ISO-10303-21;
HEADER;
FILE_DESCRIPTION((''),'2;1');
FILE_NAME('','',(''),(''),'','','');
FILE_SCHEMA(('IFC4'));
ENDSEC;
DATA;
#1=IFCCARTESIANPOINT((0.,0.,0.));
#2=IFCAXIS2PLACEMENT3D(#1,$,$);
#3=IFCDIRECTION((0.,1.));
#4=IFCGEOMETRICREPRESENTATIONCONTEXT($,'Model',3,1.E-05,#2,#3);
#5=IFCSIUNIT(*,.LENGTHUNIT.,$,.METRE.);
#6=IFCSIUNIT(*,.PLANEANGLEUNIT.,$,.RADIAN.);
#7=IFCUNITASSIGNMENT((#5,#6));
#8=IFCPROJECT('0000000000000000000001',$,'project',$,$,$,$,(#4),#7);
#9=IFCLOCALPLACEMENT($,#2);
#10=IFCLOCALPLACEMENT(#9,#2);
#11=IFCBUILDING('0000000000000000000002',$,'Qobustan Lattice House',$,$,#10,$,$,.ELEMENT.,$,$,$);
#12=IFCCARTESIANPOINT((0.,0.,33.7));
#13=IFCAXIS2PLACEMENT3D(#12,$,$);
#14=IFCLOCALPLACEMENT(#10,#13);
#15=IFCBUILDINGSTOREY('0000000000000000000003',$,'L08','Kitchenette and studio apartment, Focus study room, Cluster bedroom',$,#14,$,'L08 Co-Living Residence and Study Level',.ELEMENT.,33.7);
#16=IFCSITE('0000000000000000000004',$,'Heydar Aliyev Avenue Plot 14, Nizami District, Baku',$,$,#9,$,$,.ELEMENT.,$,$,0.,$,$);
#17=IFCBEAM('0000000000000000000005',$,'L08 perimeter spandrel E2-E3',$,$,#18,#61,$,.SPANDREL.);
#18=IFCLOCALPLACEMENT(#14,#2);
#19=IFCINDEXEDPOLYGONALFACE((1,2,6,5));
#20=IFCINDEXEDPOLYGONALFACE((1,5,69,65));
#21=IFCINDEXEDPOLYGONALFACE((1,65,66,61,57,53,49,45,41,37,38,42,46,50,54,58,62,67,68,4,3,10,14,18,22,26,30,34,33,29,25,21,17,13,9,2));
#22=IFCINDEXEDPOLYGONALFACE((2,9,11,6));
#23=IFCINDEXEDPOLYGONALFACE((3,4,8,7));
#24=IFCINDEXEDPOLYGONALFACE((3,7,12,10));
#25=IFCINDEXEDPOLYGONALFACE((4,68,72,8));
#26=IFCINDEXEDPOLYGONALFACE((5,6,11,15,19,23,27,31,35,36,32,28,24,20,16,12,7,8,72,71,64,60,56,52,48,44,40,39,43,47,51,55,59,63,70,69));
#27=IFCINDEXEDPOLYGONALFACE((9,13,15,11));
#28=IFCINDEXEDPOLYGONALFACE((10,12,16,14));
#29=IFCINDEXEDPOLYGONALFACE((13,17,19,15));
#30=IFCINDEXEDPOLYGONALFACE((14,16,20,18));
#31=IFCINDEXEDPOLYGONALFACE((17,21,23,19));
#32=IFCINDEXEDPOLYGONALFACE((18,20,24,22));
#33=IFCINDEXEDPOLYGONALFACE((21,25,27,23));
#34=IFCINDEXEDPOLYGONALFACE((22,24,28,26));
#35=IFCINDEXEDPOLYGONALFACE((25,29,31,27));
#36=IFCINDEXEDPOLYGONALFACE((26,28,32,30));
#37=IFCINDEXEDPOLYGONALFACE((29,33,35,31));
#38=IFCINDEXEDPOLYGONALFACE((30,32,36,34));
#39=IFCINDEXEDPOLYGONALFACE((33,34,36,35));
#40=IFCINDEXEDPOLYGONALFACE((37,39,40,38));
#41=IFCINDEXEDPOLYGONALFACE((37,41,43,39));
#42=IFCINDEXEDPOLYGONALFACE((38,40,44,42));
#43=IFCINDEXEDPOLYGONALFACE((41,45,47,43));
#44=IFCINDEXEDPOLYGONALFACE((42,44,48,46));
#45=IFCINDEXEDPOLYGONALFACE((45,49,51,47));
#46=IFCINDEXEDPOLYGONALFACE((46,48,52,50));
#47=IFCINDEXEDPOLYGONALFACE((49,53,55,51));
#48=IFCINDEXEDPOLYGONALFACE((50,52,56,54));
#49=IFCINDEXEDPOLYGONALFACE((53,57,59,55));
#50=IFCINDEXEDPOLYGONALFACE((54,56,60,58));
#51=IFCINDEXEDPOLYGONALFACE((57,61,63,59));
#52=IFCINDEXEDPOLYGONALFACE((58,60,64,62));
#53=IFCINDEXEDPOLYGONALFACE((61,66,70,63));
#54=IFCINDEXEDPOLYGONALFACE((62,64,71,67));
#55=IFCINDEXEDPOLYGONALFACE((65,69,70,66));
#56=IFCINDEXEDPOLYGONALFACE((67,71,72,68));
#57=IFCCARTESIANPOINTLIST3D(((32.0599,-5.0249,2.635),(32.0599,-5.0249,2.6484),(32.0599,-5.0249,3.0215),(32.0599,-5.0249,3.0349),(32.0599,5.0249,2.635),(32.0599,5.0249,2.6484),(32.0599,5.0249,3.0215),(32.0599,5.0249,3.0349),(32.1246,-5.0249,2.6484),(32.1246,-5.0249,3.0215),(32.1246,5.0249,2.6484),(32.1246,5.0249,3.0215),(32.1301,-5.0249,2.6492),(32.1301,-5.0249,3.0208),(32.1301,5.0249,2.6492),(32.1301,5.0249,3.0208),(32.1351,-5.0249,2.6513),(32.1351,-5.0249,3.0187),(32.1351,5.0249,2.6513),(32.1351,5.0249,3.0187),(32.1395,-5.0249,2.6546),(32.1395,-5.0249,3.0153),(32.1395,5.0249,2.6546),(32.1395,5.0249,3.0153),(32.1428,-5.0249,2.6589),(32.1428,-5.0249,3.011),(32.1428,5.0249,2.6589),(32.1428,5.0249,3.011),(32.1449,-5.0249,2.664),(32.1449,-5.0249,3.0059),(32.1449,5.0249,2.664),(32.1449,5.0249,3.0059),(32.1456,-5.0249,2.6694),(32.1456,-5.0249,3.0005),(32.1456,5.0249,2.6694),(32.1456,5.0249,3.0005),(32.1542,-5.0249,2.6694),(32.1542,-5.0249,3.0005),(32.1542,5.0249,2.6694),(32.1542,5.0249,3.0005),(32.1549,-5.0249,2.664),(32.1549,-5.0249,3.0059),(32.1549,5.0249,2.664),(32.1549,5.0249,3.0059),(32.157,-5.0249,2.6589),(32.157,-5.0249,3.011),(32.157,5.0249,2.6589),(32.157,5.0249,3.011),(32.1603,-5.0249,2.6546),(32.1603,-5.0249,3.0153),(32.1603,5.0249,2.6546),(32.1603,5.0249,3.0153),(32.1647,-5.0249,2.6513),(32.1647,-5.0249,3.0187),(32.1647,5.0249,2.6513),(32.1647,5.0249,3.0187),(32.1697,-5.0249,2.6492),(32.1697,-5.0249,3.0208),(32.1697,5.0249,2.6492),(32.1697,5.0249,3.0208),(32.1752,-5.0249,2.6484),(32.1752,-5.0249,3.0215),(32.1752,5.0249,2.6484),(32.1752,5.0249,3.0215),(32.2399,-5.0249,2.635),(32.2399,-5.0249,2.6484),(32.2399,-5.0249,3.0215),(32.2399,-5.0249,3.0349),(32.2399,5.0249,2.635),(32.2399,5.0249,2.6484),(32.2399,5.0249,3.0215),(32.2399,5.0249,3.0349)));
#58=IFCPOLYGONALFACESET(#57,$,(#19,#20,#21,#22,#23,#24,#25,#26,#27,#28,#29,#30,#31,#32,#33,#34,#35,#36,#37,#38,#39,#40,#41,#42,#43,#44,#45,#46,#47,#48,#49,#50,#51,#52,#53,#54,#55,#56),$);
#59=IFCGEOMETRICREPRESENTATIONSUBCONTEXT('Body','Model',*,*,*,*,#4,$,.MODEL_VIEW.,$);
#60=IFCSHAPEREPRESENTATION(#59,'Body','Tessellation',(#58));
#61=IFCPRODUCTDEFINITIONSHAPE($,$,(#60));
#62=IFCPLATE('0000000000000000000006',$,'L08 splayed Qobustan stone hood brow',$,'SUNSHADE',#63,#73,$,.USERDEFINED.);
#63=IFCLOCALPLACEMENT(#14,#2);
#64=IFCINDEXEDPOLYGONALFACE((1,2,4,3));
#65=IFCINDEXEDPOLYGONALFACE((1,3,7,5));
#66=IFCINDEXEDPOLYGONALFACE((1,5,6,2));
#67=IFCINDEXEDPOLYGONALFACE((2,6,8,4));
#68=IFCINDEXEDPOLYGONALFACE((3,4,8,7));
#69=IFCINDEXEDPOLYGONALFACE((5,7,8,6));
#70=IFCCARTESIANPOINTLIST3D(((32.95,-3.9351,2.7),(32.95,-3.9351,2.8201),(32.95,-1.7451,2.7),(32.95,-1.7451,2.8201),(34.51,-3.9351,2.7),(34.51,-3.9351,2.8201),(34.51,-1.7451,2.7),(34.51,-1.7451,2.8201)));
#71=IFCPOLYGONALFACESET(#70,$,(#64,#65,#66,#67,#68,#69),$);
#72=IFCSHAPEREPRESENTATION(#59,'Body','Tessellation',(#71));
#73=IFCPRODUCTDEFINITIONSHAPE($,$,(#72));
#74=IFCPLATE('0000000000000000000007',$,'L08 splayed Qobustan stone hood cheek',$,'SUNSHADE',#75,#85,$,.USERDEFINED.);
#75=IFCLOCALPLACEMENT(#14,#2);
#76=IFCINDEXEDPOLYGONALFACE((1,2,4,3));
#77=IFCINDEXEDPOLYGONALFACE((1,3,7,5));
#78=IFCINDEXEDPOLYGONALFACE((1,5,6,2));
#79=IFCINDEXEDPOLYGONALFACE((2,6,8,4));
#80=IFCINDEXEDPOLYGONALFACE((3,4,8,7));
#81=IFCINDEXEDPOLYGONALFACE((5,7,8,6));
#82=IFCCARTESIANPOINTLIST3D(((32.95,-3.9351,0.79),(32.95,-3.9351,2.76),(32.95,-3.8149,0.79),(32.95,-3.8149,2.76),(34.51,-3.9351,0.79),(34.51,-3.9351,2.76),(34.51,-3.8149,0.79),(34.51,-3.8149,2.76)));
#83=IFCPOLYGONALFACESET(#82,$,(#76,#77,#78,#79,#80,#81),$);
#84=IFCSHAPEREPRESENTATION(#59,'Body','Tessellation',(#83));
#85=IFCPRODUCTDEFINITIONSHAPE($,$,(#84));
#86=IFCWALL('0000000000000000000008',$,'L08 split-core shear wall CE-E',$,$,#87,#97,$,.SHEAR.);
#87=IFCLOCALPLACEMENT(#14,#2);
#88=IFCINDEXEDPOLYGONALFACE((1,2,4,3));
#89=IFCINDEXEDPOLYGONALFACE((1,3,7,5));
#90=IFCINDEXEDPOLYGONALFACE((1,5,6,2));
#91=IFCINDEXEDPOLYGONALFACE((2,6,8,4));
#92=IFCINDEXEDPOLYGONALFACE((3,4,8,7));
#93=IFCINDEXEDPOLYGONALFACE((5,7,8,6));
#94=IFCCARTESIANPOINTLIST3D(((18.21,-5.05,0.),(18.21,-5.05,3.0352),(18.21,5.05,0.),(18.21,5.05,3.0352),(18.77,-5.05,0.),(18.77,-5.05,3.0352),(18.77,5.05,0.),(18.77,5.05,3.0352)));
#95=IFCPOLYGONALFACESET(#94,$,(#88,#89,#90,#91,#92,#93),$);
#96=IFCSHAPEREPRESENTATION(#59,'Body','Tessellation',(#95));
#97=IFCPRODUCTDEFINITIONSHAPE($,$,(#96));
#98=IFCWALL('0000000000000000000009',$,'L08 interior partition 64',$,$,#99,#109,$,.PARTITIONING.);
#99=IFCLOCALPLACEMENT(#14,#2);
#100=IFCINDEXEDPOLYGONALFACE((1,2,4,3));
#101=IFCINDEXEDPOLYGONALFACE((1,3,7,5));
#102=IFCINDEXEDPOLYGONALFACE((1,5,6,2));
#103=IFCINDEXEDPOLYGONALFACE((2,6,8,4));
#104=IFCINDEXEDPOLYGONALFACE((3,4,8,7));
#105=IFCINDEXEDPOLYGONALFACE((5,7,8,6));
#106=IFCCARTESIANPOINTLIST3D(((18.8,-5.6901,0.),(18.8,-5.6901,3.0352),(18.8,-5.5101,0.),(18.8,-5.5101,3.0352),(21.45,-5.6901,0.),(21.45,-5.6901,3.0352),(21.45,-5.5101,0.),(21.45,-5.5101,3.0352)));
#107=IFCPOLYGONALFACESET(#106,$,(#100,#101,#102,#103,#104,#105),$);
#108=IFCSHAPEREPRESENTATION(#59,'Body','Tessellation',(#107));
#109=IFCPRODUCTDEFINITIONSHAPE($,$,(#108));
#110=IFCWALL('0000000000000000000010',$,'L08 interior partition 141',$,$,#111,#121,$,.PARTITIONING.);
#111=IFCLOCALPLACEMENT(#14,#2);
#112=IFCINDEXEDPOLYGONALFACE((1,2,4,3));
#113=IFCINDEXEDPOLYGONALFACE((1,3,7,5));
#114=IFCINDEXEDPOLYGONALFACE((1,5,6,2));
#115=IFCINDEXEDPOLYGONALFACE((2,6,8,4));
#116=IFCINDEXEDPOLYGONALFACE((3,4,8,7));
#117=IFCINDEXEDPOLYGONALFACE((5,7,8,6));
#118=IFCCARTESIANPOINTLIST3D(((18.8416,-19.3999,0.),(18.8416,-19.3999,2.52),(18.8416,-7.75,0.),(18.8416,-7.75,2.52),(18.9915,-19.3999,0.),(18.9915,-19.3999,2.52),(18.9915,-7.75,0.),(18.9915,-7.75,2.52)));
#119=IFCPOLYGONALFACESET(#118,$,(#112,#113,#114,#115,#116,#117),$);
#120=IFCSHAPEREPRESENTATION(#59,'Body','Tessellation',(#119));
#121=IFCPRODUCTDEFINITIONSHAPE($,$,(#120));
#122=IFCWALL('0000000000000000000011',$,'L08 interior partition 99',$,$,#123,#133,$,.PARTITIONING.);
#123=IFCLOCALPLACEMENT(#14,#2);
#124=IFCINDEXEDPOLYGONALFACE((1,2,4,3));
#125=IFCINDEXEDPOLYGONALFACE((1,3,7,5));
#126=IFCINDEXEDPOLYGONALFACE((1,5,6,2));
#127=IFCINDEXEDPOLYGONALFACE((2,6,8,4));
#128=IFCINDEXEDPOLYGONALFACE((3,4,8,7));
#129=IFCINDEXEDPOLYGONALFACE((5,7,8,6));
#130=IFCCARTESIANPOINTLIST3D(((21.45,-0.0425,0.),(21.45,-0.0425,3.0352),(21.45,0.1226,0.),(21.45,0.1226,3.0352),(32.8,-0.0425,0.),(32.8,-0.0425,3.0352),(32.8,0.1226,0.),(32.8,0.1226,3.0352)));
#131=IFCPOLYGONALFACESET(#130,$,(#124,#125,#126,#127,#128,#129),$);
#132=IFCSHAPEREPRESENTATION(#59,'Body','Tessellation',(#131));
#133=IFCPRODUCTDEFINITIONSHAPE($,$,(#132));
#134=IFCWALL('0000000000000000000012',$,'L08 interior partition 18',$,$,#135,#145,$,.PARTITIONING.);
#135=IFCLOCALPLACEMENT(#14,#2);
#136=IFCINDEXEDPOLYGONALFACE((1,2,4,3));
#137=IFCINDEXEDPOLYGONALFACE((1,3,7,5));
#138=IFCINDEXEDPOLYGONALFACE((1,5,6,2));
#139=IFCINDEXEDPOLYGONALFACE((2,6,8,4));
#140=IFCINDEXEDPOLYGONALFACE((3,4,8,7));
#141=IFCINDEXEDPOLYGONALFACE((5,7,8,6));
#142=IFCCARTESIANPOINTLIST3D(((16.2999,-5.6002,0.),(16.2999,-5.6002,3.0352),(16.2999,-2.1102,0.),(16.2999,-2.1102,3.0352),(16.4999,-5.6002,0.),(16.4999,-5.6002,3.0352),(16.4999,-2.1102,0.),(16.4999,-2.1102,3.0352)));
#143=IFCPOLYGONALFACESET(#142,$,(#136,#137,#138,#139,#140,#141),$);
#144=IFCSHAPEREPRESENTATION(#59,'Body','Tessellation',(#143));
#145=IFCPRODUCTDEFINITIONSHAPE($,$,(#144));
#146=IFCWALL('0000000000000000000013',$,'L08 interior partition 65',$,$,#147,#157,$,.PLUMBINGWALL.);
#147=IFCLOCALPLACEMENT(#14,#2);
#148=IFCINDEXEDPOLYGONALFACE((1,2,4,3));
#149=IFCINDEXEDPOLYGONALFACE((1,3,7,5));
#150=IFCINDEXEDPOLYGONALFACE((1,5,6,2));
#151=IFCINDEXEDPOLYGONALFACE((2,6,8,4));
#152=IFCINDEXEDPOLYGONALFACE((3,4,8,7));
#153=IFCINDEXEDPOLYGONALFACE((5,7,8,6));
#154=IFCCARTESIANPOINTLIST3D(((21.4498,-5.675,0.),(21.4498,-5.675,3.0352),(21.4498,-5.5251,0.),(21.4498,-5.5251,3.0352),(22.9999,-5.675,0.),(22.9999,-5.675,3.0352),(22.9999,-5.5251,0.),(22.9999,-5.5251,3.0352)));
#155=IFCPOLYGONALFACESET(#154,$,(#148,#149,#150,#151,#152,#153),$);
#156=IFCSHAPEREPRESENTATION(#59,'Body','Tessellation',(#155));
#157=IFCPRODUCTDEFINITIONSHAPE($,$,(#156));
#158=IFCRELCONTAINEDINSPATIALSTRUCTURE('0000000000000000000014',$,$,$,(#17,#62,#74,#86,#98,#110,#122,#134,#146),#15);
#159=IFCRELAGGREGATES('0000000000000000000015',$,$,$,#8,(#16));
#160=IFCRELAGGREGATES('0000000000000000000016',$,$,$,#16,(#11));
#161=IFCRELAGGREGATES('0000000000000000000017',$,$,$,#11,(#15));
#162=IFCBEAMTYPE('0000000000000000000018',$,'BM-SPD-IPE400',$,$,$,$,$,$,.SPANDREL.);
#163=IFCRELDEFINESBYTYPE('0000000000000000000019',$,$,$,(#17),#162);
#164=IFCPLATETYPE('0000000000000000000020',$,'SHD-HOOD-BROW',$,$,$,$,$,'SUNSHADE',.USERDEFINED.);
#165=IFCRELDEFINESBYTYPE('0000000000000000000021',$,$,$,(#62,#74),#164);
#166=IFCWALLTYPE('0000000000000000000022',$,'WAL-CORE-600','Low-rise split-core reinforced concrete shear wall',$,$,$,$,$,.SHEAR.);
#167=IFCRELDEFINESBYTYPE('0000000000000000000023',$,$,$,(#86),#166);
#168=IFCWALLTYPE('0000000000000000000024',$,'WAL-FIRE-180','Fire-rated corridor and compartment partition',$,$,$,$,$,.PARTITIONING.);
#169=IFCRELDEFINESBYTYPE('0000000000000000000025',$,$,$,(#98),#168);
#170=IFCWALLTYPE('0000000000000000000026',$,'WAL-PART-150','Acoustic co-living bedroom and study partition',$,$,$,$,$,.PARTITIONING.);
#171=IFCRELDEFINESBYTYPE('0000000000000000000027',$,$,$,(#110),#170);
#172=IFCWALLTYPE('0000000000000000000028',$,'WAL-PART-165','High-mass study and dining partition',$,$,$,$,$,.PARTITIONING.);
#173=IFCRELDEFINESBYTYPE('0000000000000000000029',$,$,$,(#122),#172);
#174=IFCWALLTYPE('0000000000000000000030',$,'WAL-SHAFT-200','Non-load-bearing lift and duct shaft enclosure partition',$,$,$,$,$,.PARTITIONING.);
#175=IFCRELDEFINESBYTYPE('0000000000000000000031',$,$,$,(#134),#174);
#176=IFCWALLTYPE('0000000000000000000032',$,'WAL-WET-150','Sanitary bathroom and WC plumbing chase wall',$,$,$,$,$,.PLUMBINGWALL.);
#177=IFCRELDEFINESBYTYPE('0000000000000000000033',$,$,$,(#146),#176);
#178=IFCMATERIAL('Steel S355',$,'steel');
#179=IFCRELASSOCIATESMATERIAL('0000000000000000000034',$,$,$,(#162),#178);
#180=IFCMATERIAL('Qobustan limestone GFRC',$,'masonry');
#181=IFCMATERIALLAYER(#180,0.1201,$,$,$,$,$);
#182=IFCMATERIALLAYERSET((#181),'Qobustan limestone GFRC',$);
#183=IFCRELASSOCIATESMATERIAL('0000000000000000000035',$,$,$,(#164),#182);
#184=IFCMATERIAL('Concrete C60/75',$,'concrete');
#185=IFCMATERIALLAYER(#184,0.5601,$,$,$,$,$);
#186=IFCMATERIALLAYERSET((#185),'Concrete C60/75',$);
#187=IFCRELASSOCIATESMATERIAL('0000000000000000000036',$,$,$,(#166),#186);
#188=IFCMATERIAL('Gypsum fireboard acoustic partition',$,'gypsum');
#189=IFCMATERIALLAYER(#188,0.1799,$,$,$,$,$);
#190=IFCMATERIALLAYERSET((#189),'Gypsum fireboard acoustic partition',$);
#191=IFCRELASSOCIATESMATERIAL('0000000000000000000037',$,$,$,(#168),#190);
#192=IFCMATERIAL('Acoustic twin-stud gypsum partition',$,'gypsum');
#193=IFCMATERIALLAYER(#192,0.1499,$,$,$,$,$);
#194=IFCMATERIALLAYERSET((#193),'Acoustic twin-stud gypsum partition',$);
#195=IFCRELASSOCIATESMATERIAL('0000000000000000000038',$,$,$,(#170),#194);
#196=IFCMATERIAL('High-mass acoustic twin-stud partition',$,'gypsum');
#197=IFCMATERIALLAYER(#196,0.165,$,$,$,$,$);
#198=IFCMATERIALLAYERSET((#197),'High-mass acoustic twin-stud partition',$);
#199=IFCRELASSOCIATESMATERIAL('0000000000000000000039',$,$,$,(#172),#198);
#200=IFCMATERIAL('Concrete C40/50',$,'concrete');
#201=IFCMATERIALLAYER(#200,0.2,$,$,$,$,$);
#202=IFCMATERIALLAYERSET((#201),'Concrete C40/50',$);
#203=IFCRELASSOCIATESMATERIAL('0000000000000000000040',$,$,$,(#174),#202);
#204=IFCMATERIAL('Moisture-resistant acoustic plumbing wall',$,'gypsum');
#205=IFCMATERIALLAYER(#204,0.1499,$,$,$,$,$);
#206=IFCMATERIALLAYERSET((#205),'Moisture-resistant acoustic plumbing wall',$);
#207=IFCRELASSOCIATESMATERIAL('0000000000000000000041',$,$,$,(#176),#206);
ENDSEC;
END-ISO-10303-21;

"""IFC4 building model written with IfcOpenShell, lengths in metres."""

from ifc_helpers import new_model, si_unit, direction, frame, frame_2d, origin, origin_2d, place, context, subcontext, project, spatial, rectangle, i_section, extrude, material, layer, layer_set, material_profile, profile_set, type_object, element, save


model = new_model("IFC4")

# Units and contexts
model_context = context("Model", 3, precision=1e-05, world=origin(), true_north=direction((0.0, 1.0)))
body_context = subcontext(model_context, "Body", "Model", "MODEL_VIEW")
ifc_project = project(units=[si_unit("LENGTHUNIT", "METRE"), si_unit("PLANEANGLEUNIT", "RADIAN")], contexts=[model_context])

# Site, building, storey
site_placement = place(None, origin())
site = spatial("IfcSite", under=ifc_project, at=site_placement, Name="Heydar Aliyev Avenue Plot 14, Nizami District, Baku", CompositionType="ELEMENT", RefElevation=0.0)
building_placement = place(site_placement, origin())
building = spatial("IfcBuilding", under=site, at=building_placement, Name="Qobustan Lattice House", CompositionType="ELEMENT")
storey_placement = place(building_placement, frame((0.0, 0.0, 33.7)))
storey = spatial("IfcBuildingStorey", under=building, at=storey_placement, Name="L08", Description="Kitchenette and studio apartment, Focus study room, Cluster bedroom", LongName="L08 Co-Living Residence and Study Level", CompositionType="ELEMENT", Elevation=33.7)

# Beam
ifc_material_1 = material(Name="Steel S355", Category="steel")
ifc_material_profile_1 = material_profile(ifc_material_1, i_section(OverallWidth=0.1799, OverallDepth=0.3999, WebThickness=0.0085, FlangeThickness=0.0134, FilletRadius=0.021, at=origin_2d()), Name="IPE400")
ifc_profile_set_1 = profile_set([ifc_material_profile_1], Name="Steel S355")
beam_type_1 = type_object("IfcBeamType", Name="BM-SPD-IPE400", PredefinedType="SPANDREL", material=ifc_profile_set_1)
beam_1_placement = place(storey_placement, frame((32.1499, -5.0249, 2.835), z_axis=(0.0, 1.0, 0.0), x_axis=(-1.0, 0.0, 0.0)))
element("IfcBeam", 1, at=beam_1_placement, inside=storey, type_object=beam_type_1, Name="L08 perimeter spandrel E2-E3", PredefinedType="SPANDREL", context=body_context, shape_type="SweptSolid", body=[
    extrude(i_section(OverallWidth=0.1799, OverallDepth=0.3999, WebThickness=0.0085, FlangeThickness=0.0134, FilletRadius=0.021, at=origin_2d()), origin(), (0.0, 0.0, 1.0), 10.0498),
])

# Plates
ifc_material_2 = material(Name="Qobustan limestone GFRC", Category="masonry")
ifc_layer_1 = layer(ifc_material_2, 0.1201)
ifc_layer_set_1 = layer_set([ifc_layer_1], Name="Qobustan limestone GFRC")
plate_type = type_object("IfcPlateType", Name="SHD-HOOD-BROW", ElementType="SUNSHADE", PredefinedType="USERDEFINED", material=ifc_layer_set_1)
plate_1_placement = place(storey_placement, frame((33.73, -2.8401, 2.7), z_axis=(0.0, 0.0, 1.0), x_axis=(0.0, -1.0, 0.0)))
element("IfcPlate", 2, at=plate_1_placement, inside=storey, type_object=plate_type, Name="L08 splayed Qobustan stone hood brow", ObjectType="SUNSHADE", PredefinedType="USERDEFINED", context=body_context, shape_type="SweptSolid", body=[
    extrude(rectangle(XDim=2.1899, YDim=1.5601, at=origin_2d()), origin(), (0.0, 0.0, 1.0), 0.1201),
])
plate_2_placement = place(storey_placement, frame((33.73, -3.875, 0.79), z_axis=(0.0, 0.0, 1.0), x_axis=(0.0, -1.0, 0.0)))
element("IfcPlate", 3, at=plate_2_placement, inside=storey, type_object=plate_type, Name="L08 splayed Qobustan stone hood cheek", ObjectType="SUNSHADE", PredefinedType="USERDEFINED", context=body_context, shape_type="SweptSolid", body=[
    extrude(rectangle(XDim=0.1201, YDim=1.5601, at=origin_2d()), origin(), (0.0, 0.0, 1.0), 1.97),
])

# Walls
ifc_material_3 = material(Name="Concrete C60/75", Category="concrete")
ifc_layer_2 = layer(ifc_material_3, 0.5601)
ifc_layer_set_2 = layer_set([ifc_layer_2], Name="Concrete C60/75")
wall_type_1 = type_object("IfcWallType", Name="WAL-CORE-600", Description="Low-rise split-core reinforced concrete shear wall", PredefinedType="SHEAR", material=ifc_layer_set_2)
wall_1_placement = place(storey_placement, frame((18.49, -5.05, 0.0), z_axis=(0.0, 0.0, 1.0), x_axis=(0.0, 1.0, 0.0)))
element("IfcWall", 4, at=wall_1_placement, inside=storey, type_object=wall_type_1, Name="L08 split-core shear wall CE-E", PredefinedType="SHEAR", context=body_context, shape_type="SweptSolid", body=[
    extrude(rectangle(XDim=10.1001, YDim=0.5601, at=frame_2d((5.05, 0.0))), origin(), (0.0, 0.0, 1.0), 3.0352),
])
ifc_material_4 = material(Name="Gypsum fireboard acoustic partition", Category="gypsum")
ifc_layer_3 = layer(ifc_material_4, 0.1799)
ifc_layer_set_3 = layer_set([ifc_layer_3], Name="Gypsum fireboard acoustic partition")
wall_type_2 = type_object("IfcWallType", Name="WAL-FIRE-180", Description="Fire-rated corridor and compartment partition", PredefinedType="PARTITIONING", material=ifc_layer_set_3)
wall_2_placement = place(storey_placement, frame((18.8, -5.6001, 0.0), z_axis=(0.0, 0.0, 1.0), x_axis=(1.0, 0.0, 0.0)))
element("IfcWall", 5, at=wall_2_placement, inside=storey, type_object=wall_type_2, Name="L08 interior partition 64", PredefinedType="PARTITIONING", context=body_context, shape_type="SweptSolid", body=[
    extrude(rectangle(XDim=2.6499, YDim=0.1799, at=frame_2d((1.325, 0.0))), origin(), (0.0, 0.0, 1.0), 3.0352),
])

# Shared definitions
ifc_material_5 = material(Name="Acoustic twin-stud gypsum partition", Category="gypsum")
ifc_layer_4 = layer(ifc_material_5, 0.1499)
ifc_layer_set_4 = layer_set([ifc_layer_4], Name="Acoustic twin-stud gypsum partition")
wall_type_3 = type_object("IfcWallType", Name="WAL-PART-150", Description="Acoustic co-living bedroom and study partition", PredefinedType="PARTITIONING", material=ifc_layer_set_4)

# Wall
wall_3_placement = place(storey_placement, frame((18.9165, -7.75, 0.0), z_axis=(0.0, 0.0, 1.0), x_axis=(0.0, -1.0, 0.0)))
element("IfcWall", 6, at=wall_3_placement, inside=storey, type_object=wall_type_3, Name="L08 interior partition 141", PredefinedType="PARTITIONING", context=body_context, shape_type="SweptSolid", body=[
    extrude(rectangle(XDim=11.6499, YDim=0.1499, at=frame_2d((5.825, 0.0))), origin(), (0.0, 0.0, 1.0), 2.52),
])

# Shared definitions
ifc_material_6 = material(Name="High-mass acoustic twin-stud partition", Category="gypsum")
ifc_layer_5 = layer(ifc_material_6, 0.165)
ifc_layer_set_5 = layer_set([ifc_layer_5], Name="High-mass acoustic twin-stud partition")
wall_type_4 = type_object("IfcWallType", Name="WAL-PART-165", Description="High-mass study and dining partition", PredefinedType="PARTITIONING", material=ifc_layer_set_5)

# Walls
wall_4_placement = place(storey_placement, frame((21.45, 0.04, 0.0), z_axis=(0.0, 0.0, 1.0), x_axis=(1.0, 0.0, 0.0)))
element("IfcWall", 7, at=wall_4_placement, inside=storey, type_object=wall_type_4, Name="L08 interior partition 99", PredefinedType="PARTITIONING", context=body_context, shape_type="SweptSolid", body=[
    extrude(rectangle(XDim=11.3501, YDim=0.165, at=frame_2d((5.675, 0.0))), origin(), (0.0, 0.0, 1.0), 3.0352),
])
ifc_material_7 = material(Name="Concrete C40/50", Category="concrete")
ifc_layer_6 = layer(ifc_material_7, 0.2)
ifc_layer_set_6 = layer_set([ifc_layer_6], Name="Concrete C40/50")
wall_type_5 = type_object("IfcWallType", Name="WAL-SHAFT-200", Description="Non-load-bearing lift and duct shaft enclosure partition", PredefinedType="PARTITIONING", material=ifc_layer_set_6)
wall_5_placement = place(storey_placement, frame((16.3999, -2.1101, 0.0), z_axis=(0.0, 0.0, 1.0), x_axis=(0.0, -1.0, 0.0)))
element("IfcWall", 8, at=wall_5_placement, inside=storey, type_object=wall_type_5, Name="L08 interior partition 18", PredefinedType="PARTITIONING", context=body_context, shape_type="SweptSolid", body=[
    extrude(rectangle(XDim=3.49, YDim=0.2, at=frame_2d((1.7451, 0.0))), origin(), (0.0, 0.0, 1.0), 3.0352),
])
ifc_material_8 = material(Name="Moisture-resistant acoustic plumbing wall", Category="gypsum")
ifc_layer_7 = layer(ifc_material_8, 0.1499)
ifc_layer_set_7 = layer_set([ifc_layer_7], Name="Moisture-resistant acoustic plumbing wall")
wall_type_6 = type_object("IfcWallType", Name="WAL-WET-150", Description="Sanitary bathroom and WC plumbing chase wall", PredefinedType="PLUMBINGWALL", material=ifc_layer_set_7)
wall_6_placement = place(storey_placement, frame((21.45, -5.6001, 0.0), z_axis=(0.0, 0.0, 1.0), x_axis=(1.0, 0.0, 0.0)))
element("IfcWall", 9, at=wall_6_placement, inside=storey, type_object=wall_type_6, Name="L08 interior partition 65", PredefinedType="PLUMBINGWALL", context=body_context, shape_type="SweptSolid", body=[
    extrude(rectangle(XDim=1.55, YDim=0.1499, at=frame_2d((0.7749, 0.0))), origin(), (0.0, 0.0, 1.0), 3.0352),
])

save(model, "model.ifc")
